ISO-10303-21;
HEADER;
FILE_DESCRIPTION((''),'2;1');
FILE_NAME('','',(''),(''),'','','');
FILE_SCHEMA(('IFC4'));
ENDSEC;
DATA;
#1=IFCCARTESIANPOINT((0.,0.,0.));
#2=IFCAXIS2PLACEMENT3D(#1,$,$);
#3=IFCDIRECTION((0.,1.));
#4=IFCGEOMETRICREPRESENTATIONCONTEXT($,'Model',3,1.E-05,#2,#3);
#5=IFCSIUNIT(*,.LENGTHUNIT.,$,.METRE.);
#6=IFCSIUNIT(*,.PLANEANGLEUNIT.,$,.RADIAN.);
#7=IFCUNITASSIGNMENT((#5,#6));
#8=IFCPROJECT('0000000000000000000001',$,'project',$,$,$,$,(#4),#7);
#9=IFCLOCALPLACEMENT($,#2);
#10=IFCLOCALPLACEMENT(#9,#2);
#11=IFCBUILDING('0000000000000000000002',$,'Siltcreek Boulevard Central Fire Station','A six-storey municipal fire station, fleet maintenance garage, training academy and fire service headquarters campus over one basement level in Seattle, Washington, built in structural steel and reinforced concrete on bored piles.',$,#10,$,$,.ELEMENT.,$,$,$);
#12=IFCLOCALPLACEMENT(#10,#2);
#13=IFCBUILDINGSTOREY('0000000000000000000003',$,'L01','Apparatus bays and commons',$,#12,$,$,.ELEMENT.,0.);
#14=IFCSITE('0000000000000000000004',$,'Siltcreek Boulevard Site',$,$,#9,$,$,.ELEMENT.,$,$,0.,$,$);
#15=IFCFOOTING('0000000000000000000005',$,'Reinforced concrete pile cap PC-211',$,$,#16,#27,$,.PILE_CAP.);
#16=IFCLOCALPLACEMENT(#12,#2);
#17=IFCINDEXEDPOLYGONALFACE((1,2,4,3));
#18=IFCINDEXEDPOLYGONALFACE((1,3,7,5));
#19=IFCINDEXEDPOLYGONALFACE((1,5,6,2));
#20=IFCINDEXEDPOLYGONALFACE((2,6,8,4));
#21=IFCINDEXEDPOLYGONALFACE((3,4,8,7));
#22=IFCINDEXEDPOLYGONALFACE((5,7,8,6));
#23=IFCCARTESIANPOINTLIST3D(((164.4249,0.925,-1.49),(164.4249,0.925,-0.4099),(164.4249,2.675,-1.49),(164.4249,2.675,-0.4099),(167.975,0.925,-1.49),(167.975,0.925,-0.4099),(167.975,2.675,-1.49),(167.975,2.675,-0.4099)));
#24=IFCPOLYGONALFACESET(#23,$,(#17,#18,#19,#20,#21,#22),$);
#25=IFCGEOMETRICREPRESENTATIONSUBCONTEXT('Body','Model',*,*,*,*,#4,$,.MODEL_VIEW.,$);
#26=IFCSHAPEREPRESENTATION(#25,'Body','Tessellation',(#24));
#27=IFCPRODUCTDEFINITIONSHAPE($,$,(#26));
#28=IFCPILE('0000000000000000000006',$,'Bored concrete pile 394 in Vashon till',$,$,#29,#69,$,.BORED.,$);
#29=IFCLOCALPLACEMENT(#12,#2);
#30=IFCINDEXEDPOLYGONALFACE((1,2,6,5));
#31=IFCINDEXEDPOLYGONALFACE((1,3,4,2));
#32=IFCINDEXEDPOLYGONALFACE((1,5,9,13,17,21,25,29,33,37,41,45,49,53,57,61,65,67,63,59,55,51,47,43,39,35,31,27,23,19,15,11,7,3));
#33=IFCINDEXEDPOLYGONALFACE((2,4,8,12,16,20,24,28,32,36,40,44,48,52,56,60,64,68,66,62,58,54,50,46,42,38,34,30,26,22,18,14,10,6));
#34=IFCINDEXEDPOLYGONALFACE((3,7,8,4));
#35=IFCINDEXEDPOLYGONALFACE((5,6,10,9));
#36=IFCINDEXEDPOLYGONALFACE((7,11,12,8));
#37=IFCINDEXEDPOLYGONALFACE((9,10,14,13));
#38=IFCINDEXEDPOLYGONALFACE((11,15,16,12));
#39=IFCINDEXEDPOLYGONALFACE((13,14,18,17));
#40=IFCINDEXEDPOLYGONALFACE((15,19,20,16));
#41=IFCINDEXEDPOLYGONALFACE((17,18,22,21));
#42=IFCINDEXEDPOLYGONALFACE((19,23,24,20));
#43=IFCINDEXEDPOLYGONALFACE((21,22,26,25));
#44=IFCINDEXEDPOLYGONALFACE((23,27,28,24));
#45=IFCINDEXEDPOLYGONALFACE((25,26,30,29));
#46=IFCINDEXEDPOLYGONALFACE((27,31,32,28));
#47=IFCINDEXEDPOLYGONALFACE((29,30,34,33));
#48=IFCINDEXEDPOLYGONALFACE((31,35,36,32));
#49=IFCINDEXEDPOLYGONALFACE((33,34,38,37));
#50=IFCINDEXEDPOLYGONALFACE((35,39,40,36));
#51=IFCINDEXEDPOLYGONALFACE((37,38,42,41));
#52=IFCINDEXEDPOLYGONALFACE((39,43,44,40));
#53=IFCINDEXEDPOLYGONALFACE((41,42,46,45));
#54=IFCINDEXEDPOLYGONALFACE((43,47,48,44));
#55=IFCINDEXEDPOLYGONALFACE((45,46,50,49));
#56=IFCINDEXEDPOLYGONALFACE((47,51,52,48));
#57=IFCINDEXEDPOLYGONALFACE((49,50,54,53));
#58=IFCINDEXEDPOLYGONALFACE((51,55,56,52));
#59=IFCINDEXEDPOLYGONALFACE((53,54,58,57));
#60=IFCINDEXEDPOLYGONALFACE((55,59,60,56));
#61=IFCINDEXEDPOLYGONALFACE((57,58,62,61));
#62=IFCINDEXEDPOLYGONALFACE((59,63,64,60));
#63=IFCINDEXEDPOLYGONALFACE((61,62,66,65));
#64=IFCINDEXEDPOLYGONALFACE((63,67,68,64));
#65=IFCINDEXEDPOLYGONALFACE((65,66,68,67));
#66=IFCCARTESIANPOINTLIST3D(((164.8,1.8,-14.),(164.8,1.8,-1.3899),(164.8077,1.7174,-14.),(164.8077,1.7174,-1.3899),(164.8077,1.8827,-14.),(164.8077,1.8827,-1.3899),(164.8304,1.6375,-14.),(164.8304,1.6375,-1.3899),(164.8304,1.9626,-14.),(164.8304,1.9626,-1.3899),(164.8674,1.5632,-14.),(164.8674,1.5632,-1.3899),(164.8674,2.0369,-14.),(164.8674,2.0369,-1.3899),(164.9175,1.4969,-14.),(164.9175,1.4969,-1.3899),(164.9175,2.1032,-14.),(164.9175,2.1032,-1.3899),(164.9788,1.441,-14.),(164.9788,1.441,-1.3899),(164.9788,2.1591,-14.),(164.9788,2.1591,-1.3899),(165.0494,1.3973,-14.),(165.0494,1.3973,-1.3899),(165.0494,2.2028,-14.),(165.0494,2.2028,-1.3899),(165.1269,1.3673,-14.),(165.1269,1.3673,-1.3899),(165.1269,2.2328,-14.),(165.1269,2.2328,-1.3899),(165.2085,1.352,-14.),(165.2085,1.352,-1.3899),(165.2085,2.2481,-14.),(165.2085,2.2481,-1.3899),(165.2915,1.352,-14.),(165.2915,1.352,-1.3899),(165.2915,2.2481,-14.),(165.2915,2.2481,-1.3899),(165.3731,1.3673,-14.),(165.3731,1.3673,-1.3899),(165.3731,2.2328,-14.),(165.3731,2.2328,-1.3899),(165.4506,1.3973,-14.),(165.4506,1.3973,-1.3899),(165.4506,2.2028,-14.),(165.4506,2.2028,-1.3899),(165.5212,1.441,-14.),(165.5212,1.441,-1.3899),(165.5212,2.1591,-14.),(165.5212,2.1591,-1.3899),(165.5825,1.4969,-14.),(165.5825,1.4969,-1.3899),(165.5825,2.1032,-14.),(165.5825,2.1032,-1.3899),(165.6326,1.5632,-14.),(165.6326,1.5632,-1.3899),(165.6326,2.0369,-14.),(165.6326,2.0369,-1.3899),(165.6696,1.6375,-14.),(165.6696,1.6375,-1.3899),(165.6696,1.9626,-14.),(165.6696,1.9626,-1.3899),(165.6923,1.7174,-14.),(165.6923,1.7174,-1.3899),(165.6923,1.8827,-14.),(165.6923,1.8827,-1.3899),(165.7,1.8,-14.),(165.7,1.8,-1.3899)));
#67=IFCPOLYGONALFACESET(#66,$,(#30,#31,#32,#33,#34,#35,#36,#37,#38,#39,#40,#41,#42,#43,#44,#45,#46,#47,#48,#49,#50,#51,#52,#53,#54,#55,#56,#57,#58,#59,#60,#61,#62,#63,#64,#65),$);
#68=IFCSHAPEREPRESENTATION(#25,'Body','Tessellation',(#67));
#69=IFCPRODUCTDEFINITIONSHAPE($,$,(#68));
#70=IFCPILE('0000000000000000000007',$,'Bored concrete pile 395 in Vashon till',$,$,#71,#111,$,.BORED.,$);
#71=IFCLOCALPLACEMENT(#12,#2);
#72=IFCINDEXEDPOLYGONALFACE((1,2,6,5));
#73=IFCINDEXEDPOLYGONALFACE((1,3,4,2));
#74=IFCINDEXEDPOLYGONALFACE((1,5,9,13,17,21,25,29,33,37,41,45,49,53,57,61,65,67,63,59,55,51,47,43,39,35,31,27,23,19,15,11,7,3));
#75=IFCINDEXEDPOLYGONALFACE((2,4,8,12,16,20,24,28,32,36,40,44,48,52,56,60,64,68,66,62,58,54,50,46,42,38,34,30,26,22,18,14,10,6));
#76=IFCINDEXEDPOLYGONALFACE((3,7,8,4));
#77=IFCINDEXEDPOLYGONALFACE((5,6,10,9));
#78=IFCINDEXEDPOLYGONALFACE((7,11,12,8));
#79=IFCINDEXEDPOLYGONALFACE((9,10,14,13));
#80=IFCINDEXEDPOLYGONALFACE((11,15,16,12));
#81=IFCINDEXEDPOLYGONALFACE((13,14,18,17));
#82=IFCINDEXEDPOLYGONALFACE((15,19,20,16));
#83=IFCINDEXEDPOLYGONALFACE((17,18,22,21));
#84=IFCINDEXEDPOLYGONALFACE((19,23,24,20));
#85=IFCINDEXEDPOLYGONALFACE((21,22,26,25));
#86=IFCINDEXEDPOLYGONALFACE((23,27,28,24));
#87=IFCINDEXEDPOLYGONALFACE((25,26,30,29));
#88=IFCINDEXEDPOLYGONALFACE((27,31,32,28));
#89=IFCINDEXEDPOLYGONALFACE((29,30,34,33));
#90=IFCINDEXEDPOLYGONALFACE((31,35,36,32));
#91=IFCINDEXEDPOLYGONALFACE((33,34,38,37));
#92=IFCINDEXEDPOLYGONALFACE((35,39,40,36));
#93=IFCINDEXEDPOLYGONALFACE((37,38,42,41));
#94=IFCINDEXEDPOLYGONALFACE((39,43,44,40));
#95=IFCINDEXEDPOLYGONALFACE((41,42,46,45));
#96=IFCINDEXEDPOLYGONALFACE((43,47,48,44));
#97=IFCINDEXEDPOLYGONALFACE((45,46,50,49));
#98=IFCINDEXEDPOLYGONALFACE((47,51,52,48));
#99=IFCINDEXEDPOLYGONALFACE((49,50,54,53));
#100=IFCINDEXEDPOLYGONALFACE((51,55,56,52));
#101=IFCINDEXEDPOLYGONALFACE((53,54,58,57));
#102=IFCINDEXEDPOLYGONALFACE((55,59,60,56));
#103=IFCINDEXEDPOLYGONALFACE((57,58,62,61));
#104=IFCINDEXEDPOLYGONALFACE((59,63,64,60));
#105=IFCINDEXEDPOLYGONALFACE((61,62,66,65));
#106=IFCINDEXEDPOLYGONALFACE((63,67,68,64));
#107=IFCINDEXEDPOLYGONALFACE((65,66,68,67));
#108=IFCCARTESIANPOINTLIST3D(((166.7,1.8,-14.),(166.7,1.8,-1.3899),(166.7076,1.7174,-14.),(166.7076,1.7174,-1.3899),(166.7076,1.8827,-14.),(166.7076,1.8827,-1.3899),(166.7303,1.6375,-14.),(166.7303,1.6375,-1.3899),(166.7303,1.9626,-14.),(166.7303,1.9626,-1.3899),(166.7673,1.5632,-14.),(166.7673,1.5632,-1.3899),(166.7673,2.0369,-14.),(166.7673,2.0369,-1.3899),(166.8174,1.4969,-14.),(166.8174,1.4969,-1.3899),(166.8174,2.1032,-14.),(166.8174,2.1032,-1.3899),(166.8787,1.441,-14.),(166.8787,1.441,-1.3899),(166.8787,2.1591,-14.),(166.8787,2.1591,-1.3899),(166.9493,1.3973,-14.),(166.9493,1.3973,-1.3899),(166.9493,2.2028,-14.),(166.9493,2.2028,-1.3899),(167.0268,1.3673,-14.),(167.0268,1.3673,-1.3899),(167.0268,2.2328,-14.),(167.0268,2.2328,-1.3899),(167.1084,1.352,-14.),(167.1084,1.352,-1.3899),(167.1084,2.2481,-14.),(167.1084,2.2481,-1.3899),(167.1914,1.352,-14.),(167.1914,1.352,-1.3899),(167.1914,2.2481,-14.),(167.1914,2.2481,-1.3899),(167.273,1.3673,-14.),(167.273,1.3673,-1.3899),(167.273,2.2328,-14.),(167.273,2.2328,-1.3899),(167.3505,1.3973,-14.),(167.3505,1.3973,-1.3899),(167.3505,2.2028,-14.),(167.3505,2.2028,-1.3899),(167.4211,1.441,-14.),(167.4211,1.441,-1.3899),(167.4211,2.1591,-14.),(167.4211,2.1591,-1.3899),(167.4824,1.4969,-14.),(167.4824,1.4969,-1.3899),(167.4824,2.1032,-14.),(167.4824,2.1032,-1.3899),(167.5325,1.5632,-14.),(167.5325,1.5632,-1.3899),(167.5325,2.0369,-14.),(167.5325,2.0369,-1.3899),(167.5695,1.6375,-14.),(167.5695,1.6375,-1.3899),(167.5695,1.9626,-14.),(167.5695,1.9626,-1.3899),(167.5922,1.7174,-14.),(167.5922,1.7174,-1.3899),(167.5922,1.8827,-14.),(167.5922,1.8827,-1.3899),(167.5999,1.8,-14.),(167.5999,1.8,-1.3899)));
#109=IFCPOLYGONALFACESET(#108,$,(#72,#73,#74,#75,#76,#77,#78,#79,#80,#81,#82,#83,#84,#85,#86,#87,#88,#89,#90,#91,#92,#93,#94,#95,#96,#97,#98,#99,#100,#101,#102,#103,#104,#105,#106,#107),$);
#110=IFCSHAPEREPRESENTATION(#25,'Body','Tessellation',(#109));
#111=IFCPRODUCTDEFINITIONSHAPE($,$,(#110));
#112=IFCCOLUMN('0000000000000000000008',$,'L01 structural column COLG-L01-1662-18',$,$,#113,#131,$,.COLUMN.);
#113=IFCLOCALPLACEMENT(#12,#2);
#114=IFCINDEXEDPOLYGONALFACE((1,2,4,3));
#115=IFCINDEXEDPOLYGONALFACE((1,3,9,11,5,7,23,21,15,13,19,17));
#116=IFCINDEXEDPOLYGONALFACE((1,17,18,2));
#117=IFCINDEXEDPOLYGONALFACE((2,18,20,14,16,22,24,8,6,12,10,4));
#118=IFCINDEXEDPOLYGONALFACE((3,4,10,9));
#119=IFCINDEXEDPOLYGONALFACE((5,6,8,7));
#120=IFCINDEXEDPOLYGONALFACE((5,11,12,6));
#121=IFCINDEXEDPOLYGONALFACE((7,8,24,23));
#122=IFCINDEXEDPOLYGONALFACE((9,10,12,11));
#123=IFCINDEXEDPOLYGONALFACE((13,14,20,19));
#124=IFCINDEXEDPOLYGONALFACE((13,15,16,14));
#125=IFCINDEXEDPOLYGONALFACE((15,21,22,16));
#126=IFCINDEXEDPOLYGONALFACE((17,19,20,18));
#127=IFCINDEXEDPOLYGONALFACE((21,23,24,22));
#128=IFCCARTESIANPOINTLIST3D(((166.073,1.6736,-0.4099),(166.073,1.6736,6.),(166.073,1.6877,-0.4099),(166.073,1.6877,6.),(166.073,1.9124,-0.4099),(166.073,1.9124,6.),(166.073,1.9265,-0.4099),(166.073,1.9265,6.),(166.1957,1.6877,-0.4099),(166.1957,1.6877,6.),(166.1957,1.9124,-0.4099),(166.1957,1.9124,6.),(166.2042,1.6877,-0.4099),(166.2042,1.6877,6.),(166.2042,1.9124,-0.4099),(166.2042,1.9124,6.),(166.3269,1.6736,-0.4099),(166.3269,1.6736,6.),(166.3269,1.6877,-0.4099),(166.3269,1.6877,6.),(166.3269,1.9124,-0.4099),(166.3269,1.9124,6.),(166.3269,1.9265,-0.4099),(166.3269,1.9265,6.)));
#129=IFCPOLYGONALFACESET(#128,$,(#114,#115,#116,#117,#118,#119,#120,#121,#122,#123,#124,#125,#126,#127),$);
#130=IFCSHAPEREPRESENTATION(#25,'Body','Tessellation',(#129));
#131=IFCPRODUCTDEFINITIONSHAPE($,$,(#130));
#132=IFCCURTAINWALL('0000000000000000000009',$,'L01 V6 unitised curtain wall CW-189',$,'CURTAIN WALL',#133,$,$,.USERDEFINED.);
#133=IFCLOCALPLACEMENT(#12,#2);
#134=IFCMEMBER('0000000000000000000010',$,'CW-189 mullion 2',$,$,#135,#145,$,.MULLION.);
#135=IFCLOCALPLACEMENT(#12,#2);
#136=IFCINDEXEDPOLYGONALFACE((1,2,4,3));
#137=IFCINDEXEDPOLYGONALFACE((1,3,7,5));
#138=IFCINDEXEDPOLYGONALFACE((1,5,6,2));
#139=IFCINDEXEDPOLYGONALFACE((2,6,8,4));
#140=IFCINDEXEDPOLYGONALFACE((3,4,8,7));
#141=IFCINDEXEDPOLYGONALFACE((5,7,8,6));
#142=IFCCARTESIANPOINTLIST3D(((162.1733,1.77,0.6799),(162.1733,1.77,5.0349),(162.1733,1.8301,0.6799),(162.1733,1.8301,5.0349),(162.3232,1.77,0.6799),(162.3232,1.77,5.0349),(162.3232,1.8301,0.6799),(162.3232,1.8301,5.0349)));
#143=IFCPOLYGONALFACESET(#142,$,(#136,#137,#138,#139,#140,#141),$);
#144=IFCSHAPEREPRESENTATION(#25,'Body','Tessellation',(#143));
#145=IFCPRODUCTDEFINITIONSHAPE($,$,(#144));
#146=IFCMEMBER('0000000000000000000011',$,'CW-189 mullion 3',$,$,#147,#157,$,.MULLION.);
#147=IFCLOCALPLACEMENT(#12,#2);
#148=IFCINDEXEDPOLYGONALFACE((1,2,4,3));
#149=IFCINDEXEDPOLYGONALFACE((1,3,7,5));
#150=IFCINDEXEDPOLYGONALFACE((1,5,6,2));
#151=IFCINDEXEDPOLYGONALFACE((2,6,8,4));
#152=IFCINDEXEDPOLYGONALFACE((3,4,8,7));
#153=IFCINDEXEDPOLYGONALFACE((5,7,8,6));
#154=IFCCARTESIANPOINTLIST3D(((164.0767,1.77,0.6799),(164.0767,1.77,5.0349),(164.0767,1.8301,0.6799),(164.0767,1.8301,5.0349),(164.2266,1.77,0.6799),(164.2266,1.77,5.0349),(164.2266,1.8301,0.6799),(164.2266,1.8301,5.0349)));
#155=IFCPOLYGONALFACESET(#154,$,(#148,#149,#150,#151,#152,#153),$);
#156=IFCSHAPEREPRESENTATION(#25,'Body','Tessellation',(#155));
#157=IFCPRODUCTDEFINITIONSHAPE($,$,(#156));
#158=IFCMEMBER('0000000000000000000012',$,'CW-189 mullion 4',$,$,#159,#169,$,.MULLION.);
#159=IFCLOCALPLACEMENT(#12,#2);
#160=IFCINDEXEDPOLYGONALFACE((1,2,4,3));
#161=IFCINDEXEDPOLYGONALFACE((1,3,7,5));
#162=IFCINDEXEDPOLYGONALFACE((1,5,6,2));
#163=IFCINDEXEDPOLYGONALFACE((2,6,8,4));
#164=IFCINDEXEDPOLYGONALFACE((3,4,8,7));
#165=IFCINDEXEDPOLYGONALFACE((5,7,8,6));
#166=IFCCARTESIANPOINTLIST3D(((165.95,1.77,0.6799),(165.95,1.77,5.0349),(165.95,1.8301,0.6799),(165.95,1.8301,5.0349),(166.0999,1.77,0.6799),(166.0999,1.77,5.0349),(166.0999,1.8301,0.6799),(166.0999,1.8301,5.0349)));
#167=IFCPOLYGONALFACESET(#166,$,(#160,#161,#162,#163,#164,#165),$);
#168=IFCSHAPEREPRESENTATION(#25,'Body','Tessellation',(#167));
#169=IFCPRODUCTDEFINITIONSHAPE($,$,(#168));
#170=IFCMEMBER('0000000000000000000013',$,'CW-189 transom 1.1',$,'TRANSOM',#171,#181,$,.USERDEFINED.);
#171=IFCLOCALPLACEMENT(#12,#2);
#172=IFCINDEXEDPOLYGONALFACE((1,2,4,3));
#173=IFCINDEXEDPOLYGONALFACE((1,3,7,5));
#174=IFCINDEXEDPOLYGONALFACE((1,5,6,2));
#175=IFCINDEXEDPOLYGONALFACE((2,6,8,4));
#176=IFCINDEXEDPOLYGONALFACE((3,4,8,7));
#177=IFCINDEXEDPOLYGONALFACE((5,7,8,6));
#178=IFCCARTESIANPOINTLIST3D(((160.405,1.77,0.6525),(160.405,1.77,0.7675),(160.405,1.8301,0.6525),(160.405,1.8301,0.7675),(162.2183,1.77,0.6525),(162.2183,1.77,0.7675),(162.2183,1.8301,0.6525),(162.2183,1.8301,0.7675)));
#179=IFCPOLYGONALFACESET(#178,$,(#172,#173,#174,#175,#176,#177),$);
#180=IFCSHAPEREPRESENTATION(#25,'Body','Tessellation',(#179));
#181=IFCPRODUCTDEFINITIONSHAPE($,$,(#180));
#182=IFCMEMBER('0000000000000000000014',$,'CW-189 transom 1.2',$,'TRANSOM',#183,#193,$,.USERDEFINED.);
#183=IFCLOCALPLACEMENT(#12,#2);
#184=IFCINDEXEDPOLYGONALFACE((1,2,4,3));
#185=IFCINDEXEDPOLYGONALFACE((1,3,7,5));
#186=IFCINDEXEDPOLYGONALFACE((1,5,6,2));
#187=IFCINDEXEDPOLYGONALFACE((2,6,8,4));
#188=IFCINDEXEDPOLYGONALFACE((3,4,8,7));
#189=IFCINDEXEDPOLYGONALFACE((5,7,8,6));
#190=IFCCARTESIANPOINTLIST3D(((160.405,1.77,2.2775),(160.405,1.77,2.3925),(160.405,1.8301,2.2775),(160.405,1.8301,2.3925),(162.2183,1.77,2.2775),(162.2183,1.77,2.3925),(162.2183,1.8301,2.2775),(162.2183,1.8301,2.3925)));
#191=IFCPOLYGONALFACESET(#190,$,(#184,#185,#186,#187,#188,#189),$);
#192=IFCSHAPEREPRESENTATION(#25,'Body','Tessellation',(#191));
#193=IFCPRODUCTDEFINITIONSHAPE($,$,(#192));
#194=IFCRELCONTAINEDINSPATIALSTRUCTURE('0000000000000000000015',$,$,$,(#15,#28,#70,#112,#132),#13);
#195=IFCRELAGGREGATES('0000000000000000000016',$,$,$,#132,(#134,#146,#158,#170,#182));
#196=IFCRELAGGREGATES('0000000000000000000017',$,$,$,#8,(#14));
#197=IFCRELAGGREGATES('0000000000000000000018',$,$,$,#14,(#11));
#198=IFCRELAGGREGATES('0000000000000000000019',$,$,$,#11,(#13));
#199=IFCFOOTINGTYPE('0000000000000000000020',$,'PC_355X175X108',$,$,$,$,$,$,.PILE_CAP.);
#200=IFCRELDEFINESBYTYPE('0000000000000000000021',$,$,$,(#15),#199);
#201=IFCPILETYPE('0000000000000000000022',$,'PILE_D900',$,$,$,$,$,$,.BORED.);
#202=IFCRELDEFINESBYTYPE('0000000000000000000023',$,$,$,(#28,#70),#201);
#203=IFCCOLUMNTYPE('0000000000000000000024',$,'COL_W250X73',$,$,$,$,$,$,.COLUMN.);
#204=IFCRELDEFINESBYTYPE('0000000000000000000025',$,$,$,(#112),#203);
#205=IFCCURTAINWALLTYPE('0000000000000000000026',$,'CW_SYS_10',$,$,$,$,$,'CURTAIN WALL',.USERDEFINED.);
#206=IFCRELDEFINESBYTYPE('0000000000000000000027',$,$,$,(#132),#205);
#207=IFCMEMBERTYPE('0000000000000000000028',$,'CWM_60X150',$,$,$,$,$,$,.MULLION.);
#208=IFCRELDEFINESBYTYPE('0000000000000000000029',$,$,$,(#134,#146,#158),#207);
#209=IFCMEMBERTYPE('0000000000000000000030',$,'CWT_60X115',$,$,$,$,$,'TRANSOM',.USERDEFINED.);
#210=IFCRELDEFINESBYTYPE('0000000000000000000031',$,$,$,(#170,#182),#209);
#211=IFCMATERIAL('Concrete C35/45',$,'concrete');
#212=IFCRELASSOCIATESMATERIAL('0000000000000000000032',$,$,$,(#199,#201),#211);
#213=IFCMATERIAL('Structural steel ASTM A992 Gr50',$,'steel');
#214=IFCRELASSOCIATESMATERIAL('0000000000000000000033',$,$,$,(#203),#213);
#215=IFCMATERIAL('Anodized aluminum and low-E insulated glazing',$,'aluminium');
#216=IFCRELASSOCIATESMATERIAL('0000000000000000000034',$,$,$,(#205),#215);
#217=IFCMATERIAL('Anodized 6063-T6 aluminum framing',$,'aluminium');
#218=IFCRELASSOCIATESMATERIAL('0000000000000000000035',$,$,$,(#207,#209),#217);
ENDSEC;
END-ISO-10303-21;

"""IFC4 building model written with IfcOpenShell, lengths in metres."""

from ifc_helpers import new_model, si_unit, direction, frame, origin, origin_2d, place, context, subcontext, project, spatial, rectangle, circle, i_section, extrude, material, material_profile, profile_set, type_object, element, aggregate, save


model = new_model("IFC4")

# Units and contexts
model_context = context("Model", 3, precision=1e-05, world=origin(), true_north=direction((0.0, 1.0)))
body_context = subcontext(model_context, "Body", "Model", "MODEL_VIEW")
ifc_project = project(units=[si_unit("LENGTHUNIT", "METRE"), si_unit("PLANEANGLEUNIT", "RADIAN")], contexts=[model_context])

# Site, building, storey
site_placement = place(None, origin())
site = spatial("IfcSite", under=ifc_project, at=site_placement, Name="Siltcreek Boulevard Site", CompositionType="ELEMENT", RefElevation=0.0)
building_placement = place(site_placement, origin())
building = spatial("IfcBuilding", under=site, at=building_placement, Name="Siltcreek Boulevard Central Fire Station", Description="A six-storey municipal fire station, fleet maintenance garage, training academy and fire service headquarters campus over one basement level in Seattle, Washington, built in structural steel and reinforced concrete on bored piles.", CompositionType="ELEMENT")
storey_placement = place(building_placement, origin())
storey = spatial("IfcBuildingStorey", under=building, at=storey_placement, Name="L01", Description="Apparatus bays and commons", CompositionType="ELEMENT", Elevation=0.0)

# Footing
ifc_material_1 = material(Name="Concrete C35/45", Category="concrete")
footing_type = type_object("IfcFootingType", Name="PC_355X175X108", PredefinedType="PILE_CAP", material=ifc_material_1)
footing_placement = place(storey_placement, frame((166.2, 1.8, -1.49), z_axis=(0.0, 0.0, 1.0), x_axis=(1.0, 0.0, 0.0)))
element("IfcFooting", 1, at=footing_placement, inside=storey, type_object=footing_type, Name="Reinforced concrete pile cap PC-211", PredefinedType="PILE_CAP", context=body_context, shape_type="SweptSolid", body=[
    extrude(rectangle(XDim=3.55, YDim=1.75, at=origin_2d()), origin(), (0.0, 0.0, 1.0), 1.0801),
])

# Piles
ifc_material_profile_1 = material_profile(ifc_material_1, circle(Radius=0.45, at=origin_2d()), Name="SHAFT900")
ifc_profile_set_1 = profile_set([ifc_material_profile_1], Name="Concrete C35/45")
pile_type = type_object("IfcPileType", Name="PILE_D900", PredefinedType="BORED", material=ifc_profile_set_1)
for number, where, z_axis, x_axis, name in (
    (2, (165.25, 1.8, -1.3899), (0.0, 0.0, -1.0), (1.0, 0.0, 0.0), "Bored concrete pile 394 in Vashon till"),
    (3, (167.1499, 1.8, -1.3899), (0.0, 0.0, -1.0), (1.0, 0.0, 0.0), "Bored concrete pile 395 in Vashon till"),
):
    element("IfcPile", number, at=place(storey_placement, frame(where, z_axis=z_axis, x_axis=x_axis)), inside=storey, type_object=pile_type, Name=name, PredefinedType="BORED", context=body_context, shape_type="SweptSolid", body=[
        extrude(circle(Radius=0.45, at=origin_2d()), origin(), (0.0, 0.0, 1.0), 12.6101),
    ])

# Column
ifc_material_2 = material(Name="Structural steel ASTM A992 Gr50", Category="steel")
ifc_material_profile_2 = material_profile(ifc_material_2, i_section(OverallWidth=0.2539, OverallDepth=0.2529, WebThickness=0.0085, FlangeThickness=0.0142, at=origin_2d()), Name="W250X73")
ifc_profile_set_2 = profile_set([ifc_material_profile_2], Name="Structural steel ASTM A992 Gr50")
column_type = type_object("IfcColumnType", Name="COL_W250X73", PredefinedType="COLUMN", material=ifc_profile_set_2)
column_placement = place(storey_placement, frame((166.2, 1.8, -0.4099), z_axis=(0.0, 0.0, 1.0), x_axis=(1.0, 0.0, 0.0)))
element("IfcColumn", 4, at=column_placement, inside=storey, type_object=column_type, Name="L01 structural column COLG-L01-1662-18", PredefinedType="COLUMN", context=body_context, shape_type="SweptSolid", body=[
    extrude(i_section(OverallWidth=0.2539, OverallDepth=0.2529, WebThickness=0.0085, FlangeThickness=0.0142, at=origin_2d()), origin(), (0.0, 0.0, 1.0), 6.4099),
])

# Curtain wall, members
ifc_material_3 = material(Name="Anodized aluminum and low-E insulated glazing", Category="aluminium")
curtain_wall_type = type_object("IfcCurtainWallType", Name="CW_SYS_10", ElementType="CURTAIN WALL", PredefinedType="USERDEFINED", material=ifc_material_3)
curtain_wall_placement = place(storey_placement, origin())
curtain_wall = element("IfcCurtainWall", 5, at=curtain_wall_placement, inside=storey, type_object=curtain_wall_type, Name="L01 V6 unitised curtain wall CW-189", ObjectType="CURTAIN WALL", PredefinedType="USERDEFINED")
ifc_material_4 = material(Name="Anodized 6063-T6 aluminum framing", Category="aluminium")
ifc_material_profile_3 = material_profile(ifc_material_4, rectangle(XDim=0.0601, YDim=0.1499, at=origin_2d()), Name="MULL60X150")
ifc_profile_set_3 = profile_set([ifc_material_profile_3], Name="Anodized 6063-T6 aluminum framing")
member_type_1 = type_object("IfcMemberType", Name="CWM_60X150", PredefinedType="MULLION", material=ifc_profile_set_3)
member_1_placement = place(storey_placement, frame((162.2483, 1.8, 0.6799), z_axis=(0.0, 0.0, 1.0), x_axis=(0.0, 1.0, 0.0)))
member_1 = element("IfcMember", 6, at=member_1_placement, type_object=member_type_1, Name="CW-189 mullion 2", PredefinedType="MULLION", context=body_context, shape_type="SweptSolid", body=[
    extrude(rectangle(XDim=0.0601, YDim=0.1499, at=origin_2d()), origin(), (0.0, 0.0, 1.0), 4.355),
])
member_2_placement = place(storey_placement, frame((164.1516, 1.8, 0.6799), z_axis=(0.0, 0.0, 1.0), x_axis=(0.0, 1.0, 0.0)))
member_2 = element("IfcMember", 7, at=member_2_placement, type_object=member_type_1, Name="CW-189 mullion 3", PredefinedType="MULLION", context=body_context, shape_type="SweptSolid", body=[
    extrude(rectangle(XDim=0.0601, YDim=0.1499, at=origin_2d()), origin(), (0.0, 0.0, 1.0), 4.355),
])
member_3_placement = place(storey_placement, frame((166.0249, 1.8, 0.6799), z_axis=(0.0, 0.0, 1.0), x_axis=(0.0, 1.0, 0.0)))
member_3 = element("IfcMember", 8, at=member_3_placement, type_object=member_type_1, Name="CW-189 mullion 4", PredefinedType="MULLION", context=body_context, shape_type="SweptSolid", body=[
    extrude(rectangle(XDim=0.0601, YDim=0.1499, at=origin_2d()), origin(), (0.0, 0.0, 1.0), 4.355),
])
ifc_material_profile_4 = material_profile(ifc_material_4, rectangle(XDim=0.0601, YDim=0.115, at=origin_2d()), Name="TRAN60X115")
ifc_profile_set_4 = profile_set([ifc_material_profile_4], Name="Anodized 6063-T6 aluminum framing")
member_type_2 = type_object("IfcMemberType", Name="CWT_60X115", ElementType="TRANSOM", PredefinedType="USERDEFINED", material=ifc_profile_set_4)
member_4_placement = place(storey_placement, frame((160.405, 1.8, 0.71), z_axis=(1.0, 0.0, 0.0), x_axis=(0.0, 1.0, 0.0)))
member_4 = element("IfcMember", 9, at=member_4_placement, type_object=member_type_2, Name="CW-189 transom 1.1", ObjectType="TRANSOM", PredefinedType="USERDEFINED", context=body_context, shape_type="SweptSolid", body=[
    extrude(rectangle(XDim=0.0601, YDim=0.115, at=origin_2d()), origin(), (0.0, 0.0, 1.0), 1.8132),
])
member_5_placement = place(storey_placement, frame((160.405, 1.8, 2.335), z_axis=(1.0, 0.0, 0.0), x_axis=(0.0, 1.0, 0.0)))
member_5 = element("IfcMember", 10, at=member_5_placement, type_object=member_type_2, Name="CW-189 transom 1.2", ObjectType="TRANSOM", PredefinedType="USERDEFINED", context=body_context, shape_type="SweptSolid", body=[
    extrude(rectangle(XDim=0.0601, YDim=0.115, at=origin_2d()), origin(), (0.0, 0.0, 1.0), 1.8132),
])

aggregate(curtain_wall, [member_1, member_2, member_3, member_4, member_5])

save(model, "model.ifc")
